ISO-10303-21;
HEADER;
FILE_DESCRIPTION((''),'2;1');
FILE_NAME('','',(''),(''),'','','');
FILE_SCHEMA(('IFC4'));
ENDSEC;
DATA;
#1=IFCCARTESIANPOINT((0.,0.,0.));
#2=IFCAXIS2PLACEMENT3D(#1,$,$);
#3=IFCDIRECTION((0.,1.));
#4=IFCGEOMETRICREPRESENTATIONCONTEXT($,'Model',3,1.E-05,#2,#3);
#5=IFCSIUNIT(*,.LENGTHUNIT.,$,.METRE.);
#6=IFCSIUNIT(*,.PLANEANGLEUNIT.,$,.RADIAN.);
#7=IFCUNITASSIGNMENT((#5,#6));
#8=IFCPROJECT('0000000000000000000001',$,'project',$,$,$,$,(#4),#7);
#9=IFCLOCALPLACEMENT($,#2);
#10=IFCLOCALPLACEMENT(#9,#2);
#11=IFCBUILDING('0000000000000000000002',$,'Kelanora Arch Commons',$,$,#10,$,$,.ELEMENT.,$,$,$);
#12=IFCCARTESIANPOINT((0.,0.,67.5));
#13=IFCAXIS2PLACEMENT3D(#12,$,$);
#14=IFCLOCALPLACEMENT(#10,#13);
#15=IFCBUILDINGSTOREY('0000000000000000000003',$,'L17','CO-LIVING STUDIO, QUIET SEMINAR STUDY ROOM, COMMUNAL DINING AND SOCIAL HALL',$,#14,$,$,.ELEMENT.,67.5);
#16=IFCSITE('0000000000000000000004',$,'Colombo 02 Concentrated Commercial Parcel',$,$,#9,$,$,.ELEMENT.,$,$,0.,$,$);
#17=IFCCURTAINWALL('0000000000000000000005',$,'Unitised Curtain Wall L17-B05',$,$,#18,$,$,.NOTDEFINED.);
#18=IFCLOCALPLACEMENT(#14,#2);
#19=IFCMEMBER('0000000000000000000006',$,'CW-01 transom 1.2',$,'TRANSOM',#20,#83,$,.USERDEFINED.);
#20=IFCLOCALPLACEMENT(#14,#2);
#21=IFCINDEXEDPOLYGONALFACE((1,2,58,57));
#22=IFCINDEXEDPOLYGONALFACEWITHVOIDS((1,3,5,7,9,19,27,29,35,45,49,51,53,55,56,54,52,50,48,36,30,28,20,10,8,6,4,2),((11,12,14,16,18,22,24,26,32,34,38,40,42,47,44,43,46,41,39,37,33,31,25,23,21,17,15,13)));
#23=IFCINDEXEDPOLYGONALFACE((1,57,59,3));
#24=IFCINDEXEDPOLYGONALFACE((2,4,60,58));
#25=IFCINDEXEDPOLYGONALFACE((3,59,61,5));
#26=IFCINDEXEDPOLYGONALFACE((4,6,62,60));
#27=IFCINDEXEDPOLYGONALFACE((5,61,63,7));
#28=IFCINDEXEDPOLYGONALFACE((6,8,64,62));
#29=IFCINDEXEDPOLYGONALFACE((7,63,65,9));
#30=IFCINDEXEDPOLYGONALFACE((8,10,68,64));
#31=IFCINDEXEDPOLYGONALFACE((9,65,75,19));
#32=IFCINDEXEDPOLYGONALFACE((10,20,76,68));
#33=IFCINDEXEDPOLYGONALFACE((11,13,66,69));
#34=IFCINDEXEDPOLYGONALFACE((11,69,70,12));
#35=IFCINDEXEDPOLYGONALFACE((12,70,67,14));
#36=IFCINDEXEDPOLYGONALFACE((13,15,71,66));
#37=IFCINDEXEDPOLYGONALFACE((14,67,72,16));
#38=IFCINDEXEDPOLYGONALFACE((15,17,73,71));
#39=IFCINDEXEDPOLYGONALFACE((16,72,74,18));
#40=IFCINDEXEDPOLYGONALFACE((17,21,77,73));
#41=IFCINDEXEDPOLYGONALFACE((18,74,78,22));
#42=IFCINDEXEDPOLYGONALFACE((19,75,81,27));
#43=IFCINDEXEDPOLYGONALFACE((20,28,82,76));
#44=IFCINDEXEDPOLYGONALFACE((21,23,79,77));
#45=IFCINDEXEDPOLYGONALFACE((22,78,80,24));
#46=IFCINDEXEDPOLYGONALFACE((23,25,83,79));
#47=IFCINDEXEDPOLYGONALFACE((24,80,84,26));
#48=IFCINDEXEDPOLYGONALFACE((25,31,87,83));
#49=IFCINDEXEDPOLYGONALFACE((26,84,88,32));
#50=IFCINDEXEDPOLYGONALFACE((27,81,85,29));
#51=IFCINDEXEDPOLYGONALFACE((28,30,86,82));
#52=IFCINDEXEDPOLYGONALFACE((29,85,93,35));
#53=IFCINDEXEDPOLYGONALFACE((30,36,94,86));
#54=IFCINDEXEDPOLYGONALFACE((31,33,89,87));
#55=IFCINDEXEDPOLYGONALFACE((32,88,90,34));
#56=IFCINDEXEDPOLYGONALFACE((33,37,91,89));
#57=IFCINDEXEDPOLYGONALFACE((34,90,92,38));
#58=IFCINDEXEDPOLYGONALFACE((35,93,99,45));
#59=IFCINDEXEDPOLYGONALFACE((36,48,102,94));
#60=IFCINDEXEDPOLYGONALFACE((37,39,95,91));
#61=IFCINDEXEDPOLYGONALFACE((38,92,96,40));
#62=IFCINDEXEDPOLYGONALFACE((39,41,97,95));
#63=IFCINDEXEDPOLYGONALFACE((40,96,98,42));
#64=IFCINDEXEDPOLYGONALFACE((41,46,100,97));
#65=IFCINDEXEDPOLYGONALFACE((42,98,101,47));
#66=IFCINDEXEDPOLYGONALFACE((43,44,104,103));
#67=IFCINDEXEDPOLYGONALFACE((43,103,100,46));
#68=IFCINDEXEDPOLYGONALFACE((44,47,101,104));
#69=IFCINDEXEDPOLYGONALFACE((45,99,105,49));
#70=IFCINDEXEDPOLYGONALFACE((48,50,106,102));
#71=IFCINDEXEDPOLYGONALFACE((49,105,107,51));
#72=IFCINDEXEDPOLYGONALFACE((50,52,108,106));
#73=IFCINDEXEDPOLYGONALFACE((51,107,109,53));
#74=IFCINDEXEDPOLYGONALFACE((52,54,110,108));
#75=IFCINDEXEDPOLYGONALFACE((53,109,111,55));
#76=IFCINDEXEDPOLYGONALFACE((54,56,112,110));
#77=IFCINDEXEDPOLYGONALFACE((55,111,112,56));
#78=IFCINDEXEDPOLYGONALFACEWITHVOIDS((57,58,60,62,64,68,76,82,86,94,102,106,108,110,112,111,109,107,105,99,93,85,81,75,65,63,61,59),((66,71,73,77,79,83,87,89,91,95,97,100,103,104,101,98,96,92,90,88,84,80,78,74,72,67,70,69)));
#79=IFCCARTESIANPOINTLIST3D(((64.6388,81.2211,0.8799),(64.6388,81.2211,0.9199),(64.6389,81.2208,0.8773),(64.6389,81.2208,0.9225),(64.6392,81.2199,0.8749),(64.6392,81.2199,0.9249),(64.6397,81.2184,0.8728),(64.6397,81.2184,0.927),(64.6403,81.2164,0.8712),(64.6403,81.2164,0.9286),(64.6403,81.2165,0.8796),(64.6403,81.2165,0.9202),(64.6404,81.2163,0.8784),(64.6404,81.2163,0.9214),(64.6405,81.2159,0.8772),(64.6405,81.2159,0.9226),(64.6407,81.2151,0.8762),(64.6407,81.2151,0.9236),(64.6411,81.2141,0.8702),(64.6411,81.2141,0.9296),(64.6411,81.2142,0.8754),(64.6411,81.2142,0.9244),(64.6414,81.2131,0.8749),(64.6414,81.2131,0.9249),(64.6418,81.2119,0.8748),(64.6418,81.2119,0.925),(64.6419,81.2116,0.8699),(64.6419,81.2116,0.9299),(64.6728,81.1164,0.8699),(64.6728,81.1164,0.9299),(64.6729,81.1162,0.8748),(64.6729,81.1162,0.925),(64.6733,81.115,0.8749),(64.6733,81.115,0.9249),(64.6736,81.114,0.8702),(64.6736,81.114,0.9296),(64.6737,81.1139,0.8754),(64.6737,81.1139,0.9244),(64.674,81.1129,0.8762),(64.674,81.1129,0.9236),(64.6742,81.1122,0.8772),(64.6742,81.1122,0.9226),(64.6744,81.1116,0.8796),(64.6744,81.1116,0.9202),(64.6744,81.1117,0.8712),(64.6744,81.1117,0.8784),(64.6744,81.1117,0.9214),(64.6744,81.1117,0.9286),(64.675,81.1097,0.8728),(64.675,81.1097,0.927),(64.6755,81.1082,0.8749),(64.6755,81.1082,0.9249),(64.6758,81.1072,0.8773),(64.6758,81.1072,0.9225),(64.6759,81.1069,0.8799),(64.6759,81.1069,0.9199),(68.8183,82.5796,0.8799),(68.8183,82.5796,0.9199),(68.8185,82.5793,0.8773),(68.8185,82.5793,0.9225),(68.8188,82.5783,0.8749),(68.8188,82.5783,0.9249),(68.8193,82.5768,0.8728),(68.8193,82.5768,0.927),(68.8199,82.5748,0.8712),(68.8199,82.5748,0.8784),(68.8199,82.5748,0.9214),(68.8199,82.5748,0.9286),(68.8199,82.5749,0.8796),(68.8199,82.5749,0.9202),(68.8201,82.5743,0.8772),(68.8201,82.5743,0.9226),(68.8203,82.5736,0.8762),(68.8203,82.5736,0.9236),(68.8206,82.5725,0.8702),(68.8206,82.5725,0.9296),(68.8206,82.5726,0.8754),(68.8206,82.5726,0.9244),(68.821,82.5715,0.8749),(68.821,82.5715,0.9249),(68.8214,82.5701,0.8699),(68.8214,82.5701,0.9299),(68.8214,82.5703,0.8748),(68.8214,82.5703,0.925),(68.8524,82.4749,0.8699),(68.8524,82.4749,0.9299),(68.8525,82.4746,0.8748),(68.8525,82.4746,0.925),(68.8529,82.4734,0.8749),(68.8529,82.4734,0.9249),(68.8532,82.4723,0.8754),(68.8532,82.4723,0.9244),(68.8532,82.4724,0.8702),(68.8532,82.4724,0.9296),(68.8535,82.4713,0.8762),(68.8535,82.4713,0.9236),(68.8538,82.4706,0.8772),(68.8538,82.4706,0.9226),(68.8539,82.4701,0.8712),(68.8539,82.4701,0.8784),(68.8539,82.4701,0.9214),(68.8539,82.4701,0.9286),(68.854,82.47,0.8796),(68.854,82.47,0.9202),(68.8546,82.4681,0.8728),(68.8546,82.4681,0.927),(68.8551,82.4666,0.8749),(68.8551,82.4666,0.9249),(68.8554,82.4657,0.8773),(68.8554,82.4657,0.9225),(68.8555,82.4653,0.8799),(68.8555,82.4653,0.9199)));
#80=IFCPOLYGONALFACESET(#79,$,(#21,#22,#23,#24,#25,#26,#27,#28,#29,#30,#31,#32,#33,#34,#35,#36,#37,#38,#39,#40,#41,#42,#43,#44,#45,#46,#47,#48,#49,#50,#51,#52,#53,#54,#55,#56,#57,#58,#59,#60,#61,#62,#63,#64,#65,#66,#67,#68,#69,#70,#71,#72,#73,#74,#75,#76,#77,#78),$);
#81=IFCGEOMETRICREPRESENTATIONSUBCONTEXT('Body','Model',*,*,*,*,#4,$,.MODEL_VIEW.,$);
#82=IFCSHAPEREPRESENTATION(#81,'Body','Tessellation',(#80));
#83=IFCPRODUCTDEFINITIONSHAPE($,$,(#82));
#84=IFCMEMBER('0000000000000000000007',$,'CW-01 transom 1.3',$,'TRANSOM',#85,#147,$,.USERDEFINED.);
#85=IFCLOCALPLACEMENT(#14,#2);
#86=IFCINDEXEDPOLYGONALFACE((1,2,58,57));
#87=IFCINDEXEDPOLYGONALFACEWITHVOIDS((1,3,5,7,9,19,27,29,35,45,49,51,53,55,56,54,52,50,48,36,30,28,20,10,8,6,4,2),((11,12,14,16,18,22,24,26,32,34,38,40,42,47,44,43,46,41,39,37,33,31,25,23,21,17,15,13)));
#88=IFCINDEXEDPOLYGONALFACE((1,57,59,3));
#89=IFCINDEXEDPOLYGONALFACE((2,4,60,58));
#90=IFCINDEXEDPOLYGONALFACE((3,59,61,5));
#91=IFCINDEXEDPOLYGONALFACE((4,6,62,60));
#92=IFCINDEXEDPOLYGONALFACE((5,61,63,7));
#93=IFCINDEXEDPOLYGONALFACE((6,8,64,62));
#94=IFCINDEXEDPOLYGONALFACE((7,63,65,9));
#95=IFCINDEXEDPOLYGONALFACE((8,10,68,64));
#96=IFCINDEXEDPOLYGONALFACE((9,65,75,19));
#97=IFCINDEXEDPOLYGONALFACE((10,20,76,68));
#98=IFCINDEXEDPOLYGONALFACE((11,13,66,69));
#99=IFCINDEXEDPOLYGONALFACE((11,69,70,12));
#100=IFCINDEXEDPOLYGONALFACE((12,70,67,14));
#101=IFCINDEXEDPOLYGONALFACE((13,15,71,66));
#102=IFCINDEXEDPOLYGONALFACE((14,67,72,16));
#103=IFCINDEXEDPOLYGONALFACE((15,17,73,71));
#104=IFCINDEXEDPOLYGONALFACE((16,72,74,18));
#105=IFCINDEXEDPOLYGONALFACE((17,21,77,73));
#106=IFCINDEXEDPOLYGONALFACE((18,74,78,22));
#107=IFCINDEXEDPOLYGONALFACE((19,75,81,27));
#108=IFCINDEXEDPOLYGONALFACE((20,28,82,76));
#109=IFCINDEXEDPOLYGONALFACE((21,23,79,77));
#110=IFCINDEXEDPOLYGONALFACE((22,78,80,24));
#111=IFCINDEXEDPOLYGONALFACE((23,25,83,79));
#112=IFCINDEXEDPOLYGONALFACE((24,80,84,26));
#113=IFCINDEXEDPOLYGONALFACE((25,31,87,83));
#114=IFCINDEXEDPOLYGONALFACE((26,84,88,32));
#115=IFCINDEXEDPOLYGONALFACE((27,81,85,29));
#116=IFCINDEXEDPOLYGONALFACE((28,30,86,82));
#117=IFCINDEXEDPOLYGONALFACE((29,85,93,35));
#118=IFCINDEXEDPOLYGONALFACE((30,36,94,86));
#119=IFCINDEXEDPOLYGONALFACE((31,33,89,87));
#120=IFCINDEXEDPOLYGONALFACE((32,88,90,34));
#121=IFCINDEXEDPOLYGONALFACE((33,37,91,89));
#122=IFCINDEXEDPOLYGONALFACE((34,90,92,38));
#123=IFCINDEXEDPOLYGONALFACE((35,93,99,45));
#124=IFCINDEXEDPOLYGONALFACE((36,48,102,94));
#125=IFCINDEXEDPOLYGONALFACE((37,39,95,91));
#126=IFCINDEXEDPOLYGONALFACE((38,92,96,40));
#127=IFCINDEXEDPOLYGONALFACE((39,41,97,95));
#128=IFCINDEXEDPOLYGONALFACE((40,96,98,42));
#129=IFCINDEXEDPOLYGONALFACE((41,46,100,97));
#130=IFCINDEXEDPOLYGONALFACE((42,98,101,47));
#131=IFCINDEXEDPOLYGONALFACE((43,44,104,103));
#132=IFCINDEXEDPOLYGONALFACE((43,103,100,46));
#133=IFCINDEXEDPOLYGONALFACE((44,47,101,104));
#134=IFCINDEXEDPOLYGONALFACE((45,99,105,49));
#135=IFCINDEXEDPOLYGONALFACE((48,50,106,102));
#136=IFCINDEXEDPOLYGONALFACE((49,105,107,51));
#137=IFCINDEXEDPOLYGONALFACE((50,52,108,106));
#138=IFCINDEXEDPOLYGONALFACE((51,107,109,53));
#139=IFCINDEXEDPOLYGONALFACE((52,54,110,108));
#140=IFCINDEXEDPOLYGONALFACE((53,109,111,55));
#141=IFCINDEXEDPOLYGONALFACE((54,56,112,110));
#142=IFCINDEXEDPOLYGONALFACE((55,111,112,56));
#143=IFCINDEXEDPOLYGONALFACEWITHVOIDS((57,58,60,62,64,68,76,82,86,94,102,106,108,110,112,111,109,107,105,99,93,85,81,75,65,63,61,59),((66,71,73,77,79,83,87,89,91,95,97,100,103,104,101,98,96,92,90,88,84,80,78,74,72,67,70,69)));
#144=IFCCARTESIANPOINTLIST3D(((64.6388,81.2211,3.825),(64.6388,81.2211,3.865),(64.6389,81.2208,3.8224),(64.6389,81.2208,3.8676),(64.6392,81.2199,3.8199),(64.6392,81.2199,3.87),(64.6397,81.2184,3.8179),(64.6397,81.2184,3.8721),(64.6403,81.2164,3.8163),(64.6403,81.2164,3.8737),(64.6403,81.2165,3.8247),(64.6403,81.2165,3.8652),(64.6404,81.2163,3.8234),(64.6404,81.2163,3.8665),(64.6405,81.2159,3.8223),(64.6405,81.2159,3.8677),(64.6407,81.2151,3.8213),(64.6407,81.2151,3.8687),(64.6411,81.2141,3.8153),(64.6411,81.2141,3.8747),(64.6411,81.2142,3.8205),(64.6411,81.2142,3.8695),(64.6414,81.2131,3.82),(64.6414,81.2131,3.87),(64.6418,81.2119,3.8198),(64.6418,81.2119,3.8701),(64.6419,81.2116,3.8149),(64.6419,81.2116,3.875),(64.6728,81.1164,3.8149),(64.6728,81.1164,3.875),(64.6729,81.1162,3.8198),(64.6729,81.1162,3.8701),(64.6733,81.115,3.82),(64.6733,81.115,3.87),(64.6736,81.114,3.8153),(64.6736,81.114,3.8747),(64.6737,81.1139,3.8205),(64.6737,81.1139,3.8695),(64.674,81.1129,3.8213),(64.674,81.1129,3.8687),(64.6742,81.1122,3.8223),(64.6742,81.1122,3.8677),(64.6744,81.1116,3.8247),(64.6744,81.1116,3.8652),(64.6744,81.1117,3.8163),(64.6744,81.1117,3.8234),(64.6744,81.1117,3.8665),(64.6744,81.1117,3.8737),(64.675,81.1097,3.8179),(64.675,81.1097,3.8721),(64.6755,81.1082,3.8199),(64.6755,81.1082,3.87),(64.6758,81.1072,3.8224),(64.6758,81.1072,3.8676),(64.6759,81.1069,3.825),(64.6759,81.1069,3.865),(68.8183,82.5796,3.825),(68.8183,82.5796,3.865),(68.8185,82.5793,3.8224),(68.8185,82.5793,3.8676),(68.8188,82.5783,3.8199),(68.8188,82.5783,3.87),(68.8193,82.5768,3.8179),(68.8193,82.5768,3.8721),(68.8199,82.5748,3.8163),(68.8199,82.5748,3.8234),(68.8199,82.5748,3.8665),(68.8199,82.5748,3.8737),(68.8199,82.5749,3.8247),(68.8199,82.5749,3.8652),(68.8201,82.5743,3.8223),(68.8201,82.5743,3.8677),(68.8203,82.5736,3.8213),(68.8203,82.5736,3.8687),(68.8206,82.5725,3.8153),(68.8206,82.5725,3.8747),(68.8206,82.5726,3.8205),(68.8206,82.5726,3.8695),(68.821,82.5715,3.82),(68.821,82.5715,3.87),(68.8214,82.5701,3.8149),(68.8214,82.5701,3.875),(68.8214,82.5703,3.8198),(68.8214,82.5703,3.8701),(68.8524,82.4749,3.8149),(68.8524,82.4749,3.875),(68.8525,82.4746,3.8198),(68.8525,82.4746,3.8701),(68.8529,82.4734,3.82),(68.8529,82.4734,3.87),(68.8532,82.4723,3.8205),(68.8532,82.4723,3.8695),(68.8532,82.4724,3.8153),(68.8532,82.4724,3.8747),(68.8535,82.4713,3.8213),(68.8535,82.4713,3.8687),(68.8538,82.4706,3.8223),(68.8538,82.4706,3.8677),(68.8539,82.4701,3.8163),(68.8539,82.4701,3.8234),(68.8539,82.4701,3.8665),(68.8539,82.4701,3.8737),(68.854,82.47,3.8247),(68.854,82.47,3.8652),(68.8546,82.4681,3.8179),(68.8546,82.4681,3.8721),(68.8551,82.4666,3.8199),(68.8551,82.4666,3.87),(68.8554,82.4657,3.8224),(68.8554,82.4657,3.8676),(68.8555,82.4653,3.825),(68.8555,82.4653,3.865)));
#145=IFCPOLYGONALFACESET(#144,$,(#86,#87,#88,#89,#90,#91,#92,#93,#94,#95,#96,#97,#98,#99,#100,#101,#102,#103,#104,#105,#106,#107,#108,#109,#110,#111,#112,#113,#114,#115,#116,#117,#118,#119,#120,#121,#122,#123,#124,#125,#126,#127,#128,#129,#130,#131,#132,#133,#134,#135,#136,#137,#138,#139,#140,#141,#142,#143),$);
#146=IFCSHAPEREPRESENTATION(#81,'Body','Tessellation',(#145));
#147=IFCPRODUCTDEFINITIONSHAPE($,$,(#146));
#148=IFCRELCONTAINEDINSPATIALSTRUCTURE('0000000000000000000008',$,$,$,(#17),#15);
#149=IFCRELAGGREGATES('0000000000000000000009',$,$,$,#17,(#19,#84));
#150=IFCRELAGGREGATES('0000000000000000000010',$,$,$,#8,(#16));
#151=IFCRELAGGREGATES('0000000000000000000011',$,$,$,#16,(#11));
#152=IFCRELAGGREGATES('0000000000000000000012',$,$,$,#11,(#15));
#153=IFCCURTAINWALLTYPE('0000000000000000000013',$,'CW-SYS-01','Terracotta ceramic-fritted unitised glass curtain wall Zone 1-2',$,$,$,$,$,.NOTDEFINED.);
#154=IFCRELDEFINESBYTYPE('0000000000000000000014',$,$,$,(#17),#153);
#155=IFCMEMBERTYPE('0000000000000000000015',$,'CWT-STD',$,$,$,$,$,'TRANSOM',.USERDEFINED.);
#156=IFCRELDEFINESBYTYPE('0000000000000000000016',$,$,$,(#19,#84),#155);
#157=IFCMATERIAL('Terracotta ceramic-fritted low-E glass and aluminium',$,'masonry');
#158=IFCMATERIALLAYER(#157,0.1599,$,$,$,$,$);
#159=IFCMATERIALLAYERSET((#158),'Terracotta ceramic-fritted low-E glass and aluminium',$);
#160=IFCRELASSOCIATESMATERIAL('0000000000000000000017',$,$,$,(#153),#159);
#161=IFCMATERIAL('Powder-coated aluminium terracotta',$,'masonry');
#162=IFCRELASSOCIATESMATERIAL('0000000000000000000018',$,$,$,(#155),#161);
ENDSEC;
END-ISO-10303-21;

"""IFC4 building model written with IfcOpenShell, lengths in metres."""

from ifc_helpers import new_model, si_unit, direction, frame, origin, origin_2d, place, context, subcontext, project, spatial, hollow_rectangle, extrude, material, layer, layer_set, material_profile, profile_set, type_object, element, aggregate, save


model = new_model("IFC4")

# Units and contexts
model_context = context("Model", 3, precision=1e-05, world=origin(), true_north=direction((0.0, 1.0)))
body_context = subcontext(model_context, "Body", "Model", "MODEL_VIEW")
ifc_project = project(units=[si_unit("LENGTHUNIT", "METRE"), si_unit("PLANEANGLEUNIT", "RADIAN")], contexts=[model_context])

# Site, building, storey
site_placement = place(None, origin())
site = spatial("IfcSite", under=ifc_project, at=site_placement, Name="Colombo 02 Concentrated Commercial Parcel", CompositionType="ELEMENT", RefElevation=0.0)
building_placement = place(site_placement, origin())
building = spatial("IfcBuilding", under=site, at=building_placement, Name="Kelanora Arch Commons", CompositionType="ELEMENT")
storey_placement = place(building_placement, frame((0.0, 0.0, 67.5)))
storey = spatial("IfcBuildingStorey", under=building, at=storey_placement, Name="L17", Description="CO-LIVING STUDIO, QUIET SEMINAR STUDY ROOM, COMMUNAL DINING AND SOCIAL HALL", CompositionType="ELEMENT", Elevation=67.5)

# Curtain wall, members
ifc_material_1 = material(Name="Terracotta ceramic-fritted low-E glass and aluminium", Category="masonry")
ifc_layer_1 = layer(ifc_material_1, 0.1599)
ifc_layer_set_1 = layer_set([ifc_layer_1], Name="Terracotta ceramic-fritted low-E glass and aluminium")
curtain_wall_type = type_object("IfcCurtainWallType", Name="CW-SYS-01", Description="Terracotta ceramic-fritted unitised glass curtain wall Zone 1-2", PredefinedType="NOTDEFINED", material=ifc_layer_set_1)
curtain_wall_placement = place(storey_placement, origin())
curtain_wall = element("IfcCurtainWall", 1, at=curtain_wall_placement, inside=storey, type_object=curtain_wall_type, Name="Unitised Curtain Wall L17-B05", PredefinedType="NOTDEFINED")
ifc_material_2 = material(Name="Powder-coated aluminium terracotta", Category="masonry")
ifc_material_profile_1 = material_profile(ifc_material_2, hollow_rectangle(XDim=0.1201, YDim=0.0601, WallThickness=0.0049, InnerFilletRadius=0.0049, OuterFilletRadius=0.01, at=origin_2d()), Name="CWT120x60")
ifc_profile_set_1 = profile_set([ifc_material_profile_1], Name="Powder-coated aluminium terracotta")
member_type_1 = type_object("IfcMemberType", Name="CWT-STD", ElementType="TRANSOM", PredefinedType="USERDEFINED", material=ifc_profile_set_1)
member_1_placement = place(storey_placement, frame((68.8369, 82.5225, 0.8999), z_axis=(-0.951029, -0.309102, 0.0), x_axis=(0.309102, -0.951029, 0.0)))
member_1 = element("IfcMember", 2, at=member_1_placement, type_object=member_type_1, Name="CW-01 transom 1.2", ObjectType="TRANSOM", PredefinedType="USERDEFINED", context=body_context, shape_type="SweptSolid", body=[
    extrude(hollow_rectangle(XDim=0.1201, YDim=0.0601, WallThickness=0.0049, InnerFilletRadius=0.0049, OuterFilletRadius=0.01, at=origin_2d()), origin(), (0.0, 0.0, 1.0), 4.3948),
])
member_2_placement = place(storey_placement, frame((68.8369, 82.5225, 3.845), z_axis=(-0.951029, -0.309102, 0.0), x_axis=(0.309102, -0.951029, 0.0)))
member_2 = element("IfcMember", 3, at=member_2_placement, type_object=member_type_1, Name="CW-01 transom 1.3", ObjectType="TRANSOM", PredefinedType="USERDEFINED", context=body_context, shape_type="SweptSolid", body=[
    extrude(hollow_rectangle(XDim=0.1201, YDim=0.0601, WallThickness=0.0049, InnerFilletRadius=0.0049, OuterFilletRadius=0.01, at=origin_2d()), origin(), (0.0, 0.0, 1.0), 4.3948),
])
aggregate(curtain_wall, [member_1, member_2])

save(model, "model.ifc")
